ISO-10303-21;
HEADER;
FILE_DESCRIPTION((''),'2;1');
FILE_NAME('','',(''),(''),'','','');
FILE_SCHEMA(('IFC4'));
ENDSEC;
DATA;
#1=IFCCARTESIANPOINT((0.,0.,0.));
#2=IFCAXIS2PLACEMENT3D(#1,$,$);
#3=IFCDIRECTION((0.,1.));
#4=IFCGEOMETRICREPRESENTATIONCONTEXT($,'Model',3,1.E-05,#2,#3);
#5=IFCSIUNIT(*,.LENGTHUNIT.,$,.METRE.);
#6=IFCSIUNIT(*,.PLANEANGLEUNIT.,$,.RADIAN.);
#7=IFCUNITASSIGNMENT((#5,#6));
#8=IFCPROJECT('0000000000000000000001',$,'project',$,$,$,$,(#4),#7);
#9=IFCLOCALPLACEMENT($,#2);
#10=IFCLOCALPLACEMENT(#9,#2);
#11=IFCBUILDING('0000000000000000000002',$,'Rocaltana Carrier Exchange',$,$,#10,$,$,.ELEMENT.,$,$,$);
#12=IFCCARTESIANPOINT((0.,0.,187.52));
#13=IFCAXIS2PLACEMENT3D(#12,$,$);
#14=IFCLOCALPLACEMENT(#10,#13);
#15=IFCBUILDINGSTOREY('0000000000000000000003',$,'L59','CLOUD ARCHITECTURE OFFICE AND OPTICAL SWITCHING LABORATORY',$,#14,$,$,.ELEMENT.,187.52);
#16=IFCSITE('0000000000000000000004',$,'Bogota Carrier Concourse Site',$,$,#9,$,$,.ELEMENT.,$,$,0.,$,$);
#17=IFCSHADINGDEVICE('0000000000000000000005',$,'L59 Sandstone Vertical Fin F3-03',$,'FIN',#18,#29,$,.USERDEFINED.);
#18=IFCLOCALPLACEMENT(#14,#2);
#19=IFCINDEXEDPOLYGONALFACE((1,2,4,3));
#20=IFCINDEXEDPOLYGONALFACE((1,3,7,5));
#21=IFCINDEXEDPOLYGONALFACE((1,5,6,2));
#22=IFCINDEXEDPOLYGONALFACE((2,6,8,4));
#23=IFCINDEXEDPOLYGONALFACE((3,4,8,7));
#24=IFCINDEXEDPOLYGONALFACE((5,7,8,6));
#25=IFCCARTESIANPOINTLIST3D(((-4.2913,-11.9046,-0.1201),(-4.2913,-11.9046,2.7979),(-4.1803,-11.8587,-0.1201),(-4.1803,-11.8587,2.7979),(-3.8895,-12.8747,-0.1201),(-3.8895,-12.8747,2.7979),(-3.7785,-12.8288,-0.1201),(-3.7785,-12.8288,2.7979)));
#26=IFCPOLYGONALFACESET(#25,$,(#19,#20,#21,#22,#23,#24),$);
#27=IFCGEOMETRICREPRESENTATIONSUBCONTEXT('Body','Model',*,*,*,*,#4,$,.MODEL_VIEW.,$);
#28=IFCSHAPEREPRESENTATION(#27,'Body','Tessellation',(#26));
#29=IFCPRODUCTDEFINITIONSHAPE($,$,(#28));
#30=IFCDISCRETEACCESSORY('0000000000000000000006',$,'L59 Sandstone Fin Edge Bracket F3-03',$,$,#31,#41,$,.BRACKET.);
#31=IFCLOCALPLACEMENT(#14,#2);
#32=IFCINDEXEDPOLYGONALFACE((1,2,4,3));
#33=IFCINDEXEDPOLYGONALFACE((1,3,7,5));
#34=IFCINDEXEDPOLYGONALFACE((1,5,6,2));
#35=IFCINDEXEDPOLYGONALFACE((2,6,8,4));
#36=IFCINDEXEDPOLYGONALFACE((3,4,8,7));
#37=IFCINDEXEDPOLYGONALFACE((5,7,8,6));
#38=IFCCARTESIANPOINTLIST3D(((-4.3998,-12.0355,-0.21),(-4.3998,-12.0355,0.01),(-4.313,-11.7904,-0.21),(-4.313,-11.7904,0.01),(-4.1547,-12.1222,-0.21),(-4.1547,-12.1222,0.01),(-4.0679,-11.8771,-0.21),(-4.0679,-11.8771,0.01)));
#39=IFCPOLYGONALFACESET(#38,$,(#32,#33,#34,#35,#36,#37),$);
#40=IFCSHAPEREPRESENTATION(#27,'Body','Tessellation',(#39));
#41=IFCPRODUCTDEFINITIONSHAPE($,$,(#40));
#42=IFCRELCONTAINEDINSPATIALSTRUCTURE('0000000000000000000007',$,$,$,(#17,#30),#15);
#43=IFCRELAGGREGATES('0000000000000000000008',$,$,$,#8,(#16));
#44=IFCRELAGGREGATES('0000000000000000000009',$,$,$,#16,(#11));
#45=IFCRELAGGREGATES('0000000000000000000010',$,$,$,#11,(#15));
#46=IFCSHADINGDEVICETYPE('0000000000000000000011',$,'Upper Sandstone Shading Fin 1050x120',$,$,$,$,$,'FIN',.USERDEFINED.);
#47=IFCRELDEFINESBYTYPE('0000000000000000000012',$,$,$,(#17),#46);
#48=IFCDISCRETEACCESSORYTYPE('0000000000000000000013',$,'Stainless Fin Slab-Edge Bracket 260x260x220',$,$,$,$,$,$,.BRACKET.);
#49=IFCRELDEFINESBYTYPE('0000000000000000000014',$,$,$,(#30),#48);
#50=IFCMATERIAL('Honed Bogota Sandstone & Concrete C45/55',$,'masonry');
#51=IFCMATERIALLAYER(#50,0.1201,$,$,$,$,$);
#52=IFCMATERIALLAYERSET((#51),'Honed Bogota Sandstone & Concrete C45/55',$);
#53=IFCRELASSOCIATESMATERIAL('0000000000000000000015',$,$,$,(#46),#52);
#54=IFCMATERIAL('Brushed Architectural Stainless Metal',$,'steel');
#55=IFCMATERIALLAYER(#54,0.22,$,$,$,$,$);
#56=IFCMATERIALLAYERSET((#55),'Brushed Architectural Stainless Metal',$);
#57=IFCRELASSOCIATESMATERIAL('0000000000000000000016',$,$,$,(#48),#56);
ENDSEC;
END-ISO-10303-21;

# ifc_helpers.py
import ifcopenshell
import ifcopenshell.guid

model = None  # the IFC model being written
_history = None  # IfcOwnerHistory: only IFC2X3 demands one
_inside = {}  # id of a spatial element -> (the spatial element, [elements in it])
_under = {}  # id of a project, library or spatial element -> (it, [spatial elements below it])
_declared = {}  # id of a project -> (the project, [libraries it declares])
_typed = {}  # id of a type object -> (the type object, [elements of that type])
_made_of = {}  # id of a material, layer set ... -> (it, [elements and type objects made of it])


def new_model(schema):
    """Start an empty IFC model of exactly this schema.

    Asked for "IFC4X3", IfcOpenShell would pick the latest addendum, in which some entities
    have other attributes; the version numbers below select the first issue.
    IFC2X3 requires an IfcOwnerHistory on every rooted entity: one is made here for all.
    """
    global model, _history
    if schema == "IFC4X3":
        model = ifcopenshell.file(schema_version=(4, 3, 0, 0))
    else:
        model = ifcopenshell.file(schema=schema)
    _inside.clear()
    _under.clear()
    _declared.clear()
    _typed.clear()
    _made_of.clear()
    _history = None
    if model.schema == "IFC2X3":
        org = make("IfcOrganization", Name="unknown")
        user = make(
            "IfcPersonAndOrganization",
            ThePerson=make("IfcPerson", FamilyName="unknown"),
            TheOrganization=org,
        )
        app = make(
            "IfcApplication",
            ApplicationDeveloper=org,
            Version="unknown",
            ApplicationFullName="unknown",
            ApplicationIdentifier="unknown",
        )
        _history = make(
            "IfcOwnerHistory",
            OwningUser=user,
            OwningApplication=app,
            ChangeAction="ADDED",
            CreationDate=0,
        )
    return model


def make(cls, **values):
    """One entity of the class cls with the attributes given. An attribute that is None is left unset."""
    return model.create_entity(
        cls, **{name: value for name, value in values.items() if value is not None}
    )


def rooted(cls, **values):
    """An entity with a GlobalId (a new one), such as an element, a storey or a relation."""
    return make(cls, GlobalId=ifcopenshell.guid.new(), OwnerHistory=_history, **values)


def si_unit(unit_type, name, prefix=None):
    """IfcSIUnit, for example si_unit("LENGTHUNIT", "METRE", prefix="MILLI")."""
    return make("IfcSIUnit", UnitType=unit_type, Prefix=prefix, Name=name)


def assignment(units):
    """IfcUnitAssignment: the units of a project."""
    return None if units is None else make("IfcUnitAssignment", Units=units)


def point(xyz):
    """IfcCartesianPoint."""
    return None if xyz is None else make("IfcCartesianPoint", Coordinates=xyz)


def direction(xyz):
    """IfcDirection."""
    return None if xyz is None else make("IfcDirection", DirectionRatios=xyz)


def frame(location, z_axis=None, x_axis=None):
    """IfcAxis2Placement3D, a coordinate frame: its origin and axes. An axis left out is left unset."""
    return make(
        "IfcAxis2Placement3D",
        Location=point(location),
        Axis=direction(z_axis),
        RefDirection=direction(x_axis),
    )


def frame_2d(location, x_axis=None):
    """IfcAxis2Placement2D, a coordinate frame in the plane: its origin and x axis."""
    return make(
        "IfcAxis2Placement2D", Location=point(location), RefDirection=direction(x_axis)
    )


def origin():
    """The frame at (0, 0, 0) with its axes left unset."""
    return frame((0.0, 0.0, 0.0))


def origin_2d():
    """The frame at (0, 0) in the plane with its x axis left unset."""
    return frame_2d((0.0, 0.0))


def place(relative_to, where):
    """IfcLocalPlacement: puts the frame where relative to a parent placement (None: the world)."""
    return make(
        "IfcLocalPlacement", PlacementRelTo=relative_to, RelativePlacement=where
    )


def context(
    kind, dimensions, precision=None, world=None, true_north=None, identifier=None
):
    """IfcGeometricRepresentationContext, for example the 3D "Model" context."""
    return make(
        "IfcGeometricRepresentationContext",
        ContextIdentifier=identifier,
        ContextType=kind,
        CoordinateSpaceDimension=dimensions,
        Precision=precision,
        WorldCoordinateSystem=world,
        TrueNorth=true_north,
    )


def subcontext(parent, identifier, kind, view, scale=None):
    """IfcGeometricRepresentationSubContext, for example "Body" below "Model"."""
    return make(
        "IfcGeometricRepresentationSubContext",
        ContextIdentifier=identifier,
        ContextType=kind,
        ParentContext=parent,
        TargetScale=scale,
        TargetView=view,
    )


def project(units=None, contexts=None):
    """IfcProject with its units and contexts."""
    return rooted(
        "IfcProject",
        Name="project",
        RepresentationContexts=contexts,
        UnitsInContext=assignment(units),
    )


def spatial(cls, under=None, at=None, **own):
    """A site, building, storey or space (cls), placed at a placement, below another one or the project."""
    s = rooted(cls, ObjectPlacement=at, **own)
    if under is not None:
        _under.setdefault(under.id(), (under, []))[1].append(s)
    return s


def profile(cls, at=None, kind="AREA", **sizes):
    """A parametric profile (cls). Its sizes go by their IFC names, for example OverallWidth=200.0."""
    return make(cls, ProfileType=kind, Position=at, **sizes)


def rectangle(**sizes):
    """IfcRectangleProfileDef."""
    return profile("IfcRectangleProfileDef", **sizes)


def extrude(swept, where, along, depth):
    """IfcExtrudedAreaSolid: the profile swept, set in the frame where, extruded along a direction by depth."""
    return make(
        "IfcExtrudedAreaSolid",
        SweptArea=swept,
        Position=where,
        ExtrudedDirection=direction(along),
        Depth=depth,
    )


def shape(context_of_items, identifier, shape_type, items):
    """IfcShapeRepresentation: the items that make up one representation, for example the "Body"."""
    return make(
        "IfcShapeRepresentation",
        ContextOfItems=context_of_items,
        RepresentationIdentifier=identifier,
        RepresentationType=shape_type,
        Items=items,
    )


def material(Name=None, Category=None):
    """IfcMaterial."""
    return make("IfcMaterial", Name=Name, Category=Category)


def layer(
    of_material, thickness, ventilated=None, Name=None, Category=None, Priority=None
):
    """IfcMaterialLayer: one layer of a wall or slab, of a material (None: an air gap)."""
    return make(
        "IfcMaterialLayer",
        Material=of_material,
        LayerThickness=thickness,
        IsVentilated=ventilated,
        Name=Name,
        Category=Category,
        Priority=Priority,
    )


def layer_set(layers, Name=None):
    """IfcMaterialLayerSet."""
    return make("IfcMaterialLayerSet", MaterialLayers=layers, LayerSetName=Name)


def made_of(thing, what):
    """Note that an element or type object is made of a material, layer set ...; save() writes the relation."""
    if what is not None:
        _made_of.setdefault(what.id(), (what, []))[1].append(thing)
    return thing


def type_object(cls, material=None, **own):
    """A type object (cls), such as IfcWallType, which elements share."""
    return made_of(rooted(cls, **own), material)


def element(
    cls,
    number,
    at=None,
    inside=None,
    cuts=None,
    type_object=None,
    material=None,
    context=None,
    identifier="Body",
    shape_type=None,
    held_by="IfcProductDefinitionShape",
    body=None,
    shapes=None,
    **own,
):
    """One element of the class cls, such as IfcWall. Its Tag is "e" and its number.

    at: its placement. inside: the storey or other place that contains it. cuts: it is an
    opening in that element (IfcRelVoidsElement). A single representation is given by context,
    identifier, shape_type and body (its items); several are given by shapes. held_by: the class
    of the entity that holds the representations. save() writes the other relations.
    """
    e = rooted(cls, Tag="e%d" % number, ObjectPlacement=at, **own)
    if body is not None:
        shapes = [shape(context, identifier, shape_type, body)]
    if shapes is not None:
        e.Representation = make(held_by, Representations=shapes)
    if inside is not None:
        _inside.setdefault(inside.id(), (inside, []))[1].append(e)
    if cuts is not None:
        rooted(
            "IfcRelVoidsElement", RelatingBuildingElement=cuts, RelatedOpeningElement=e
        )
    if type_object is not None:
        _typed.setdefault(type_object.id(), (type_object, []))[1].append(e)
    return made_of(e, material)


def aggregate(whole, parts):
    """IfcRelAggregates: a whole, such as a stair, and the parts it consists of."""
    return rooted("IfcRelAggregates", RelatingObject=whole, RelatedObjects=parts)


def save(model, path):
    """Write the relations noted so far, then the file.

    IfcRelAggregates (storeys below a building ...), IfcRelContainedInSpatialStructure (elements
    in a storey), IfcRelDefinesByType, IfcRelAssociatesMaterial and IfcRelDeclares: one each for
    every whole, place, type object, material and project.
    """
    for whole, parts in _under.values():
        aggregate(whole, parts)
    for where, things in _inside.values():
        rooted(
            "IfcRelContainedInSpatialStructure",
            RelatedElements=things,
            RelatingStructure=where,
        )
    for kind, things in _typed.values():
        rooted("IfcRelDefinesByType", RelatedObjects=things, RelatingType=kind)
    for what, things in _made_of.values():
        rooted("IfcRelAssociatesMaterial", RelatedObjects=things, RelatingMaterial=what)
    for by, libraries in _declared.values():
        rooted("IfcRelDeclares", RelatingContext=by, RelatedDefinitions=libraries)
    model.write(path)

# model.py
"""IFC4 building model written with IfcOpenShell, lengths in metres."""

from ifc_helpers import new_model, si_unit, direction, frame, origin, origin_2d, place, context, subcontext, project, spatial, rectangle, extrude, material, layer, layer_set, type_object, element, save


model = new_model("IFC4")

# Units and contexts
model_context = context("Model", 3, precision=1e-05, world=origin(), true_north=direction((0.0, 1.0)))
body_context = subcontext(model_context, "Body", "Model", "MODEL_VIEW")
ifc_project = project(units=[si_unit("LENGTHUNIT", "METRE"), si_unit("PLANEANGLEUNIT", "RADIAN")], contexts=[model_context])

# Site, building, storey
site_placement = place(None, origin())
site = spatial("IfcSite", under=ifc_project, at=site_placement, Name="Bogota Carrier Concourse Site", CompositionType="ELEMENT", RefElevation=0.0)
building_placement = place(site_placement, origin())
building = spatial("IfcBuilding", under=site, at=building_placement, Name="Rocaltana Carrier Exchange", CompositionType="ELEMENT")
storey_placement = place(building_placement, frame((0.0, 0.0, 187.52)))
storey = spatial("IfcBuildingStorey", under=building, at=storey_placement, Name="L59", Description="CLOUD ARCHITECTURE OFFICE AND OPTICAL SWITCHING LABORATORY", CompositionType="ELEMENT", Elevation=187.52)

# Shading device
ifc_material_1 = material(Name="Honed Bogota Sandstone & Concrete C45/55", Category="masonry")
ifc_layer_1 = layer(ifc_material_1, 0.1201)
ifc_layer_set_1 = layer_set([ifc_layer_1], Name="Honed Bogota Sandstone & Concrete C45/55")
shading_device_type = type_object("IfcShadingDeviceType", Name="Upper Sandstone Shading Fin 1050x120", ElementType="FIN", PredefinedType="USERDEFINED", material=ifc_layer_set_1)
shading_device_placement = place(storey_placement, frame((-4.0349, -12.3667, -0.1201), z_axis=(0.0, 0.0, 1.0), x_axis=(0.382683, -0.92388, 0.0)))
element("IfcShadingDevice", 1, at=shading_device_placement, inside=storey, type_object=shading_device_type, Name="L59 Sandstone Vertical Fin F3-03", ObjectType="FIN", PredefinedType="USERDEFINED", context=body_context, shape_type="SweptSolid", body=[
    extrude(rectangle(XDim=1.05, YDim=0.1201, at=origin_2d()), origin(), (0.0, 0.0, 1.0), 2.918),
])

# Discrete accessory
ifc_material_2 = material(Name="Brushed Architectural Stainless Metal", Category="steel")
ifc_layer_2 = layer(ifc_material_2, 0.22)
ifc_layer_set_2 = layer_set([ifc_layer_2], Name="Brushed Architectural Stainless Metal")
discrete_accessory_type = type_object("IfcDiscreteAccessoryType", Name="Stainless Fin Slab-Edge Bracket 260x260x220", PredefinedType="BRACKET", material=ifc_layer_set_2)
discrete_accessory_placement = place(storey_placement, frame((-4.2339, -11.9563, -0.21), z_axis=(0.0, 0.0, 1.0), x_axis=(0.942641, -0.333807, 0.0)))
element("IfcDiscreteAccessory", 2, at=discrete_accessory_placement, inside=storey, type_object=discrete_accessory_type, Name="L59 Sandstone Fin Edge Bracket F3-03", PredefinedType="BRACKET", context=body_context, shape_type="SweptSolid", body=[
    extrude(rectangle(XDim=0.26, YDim=0.26, at=origin_2d()), origin(), (0.0, 0.0, 1.0), 0.22),
])

save(model, "model.ifc")
